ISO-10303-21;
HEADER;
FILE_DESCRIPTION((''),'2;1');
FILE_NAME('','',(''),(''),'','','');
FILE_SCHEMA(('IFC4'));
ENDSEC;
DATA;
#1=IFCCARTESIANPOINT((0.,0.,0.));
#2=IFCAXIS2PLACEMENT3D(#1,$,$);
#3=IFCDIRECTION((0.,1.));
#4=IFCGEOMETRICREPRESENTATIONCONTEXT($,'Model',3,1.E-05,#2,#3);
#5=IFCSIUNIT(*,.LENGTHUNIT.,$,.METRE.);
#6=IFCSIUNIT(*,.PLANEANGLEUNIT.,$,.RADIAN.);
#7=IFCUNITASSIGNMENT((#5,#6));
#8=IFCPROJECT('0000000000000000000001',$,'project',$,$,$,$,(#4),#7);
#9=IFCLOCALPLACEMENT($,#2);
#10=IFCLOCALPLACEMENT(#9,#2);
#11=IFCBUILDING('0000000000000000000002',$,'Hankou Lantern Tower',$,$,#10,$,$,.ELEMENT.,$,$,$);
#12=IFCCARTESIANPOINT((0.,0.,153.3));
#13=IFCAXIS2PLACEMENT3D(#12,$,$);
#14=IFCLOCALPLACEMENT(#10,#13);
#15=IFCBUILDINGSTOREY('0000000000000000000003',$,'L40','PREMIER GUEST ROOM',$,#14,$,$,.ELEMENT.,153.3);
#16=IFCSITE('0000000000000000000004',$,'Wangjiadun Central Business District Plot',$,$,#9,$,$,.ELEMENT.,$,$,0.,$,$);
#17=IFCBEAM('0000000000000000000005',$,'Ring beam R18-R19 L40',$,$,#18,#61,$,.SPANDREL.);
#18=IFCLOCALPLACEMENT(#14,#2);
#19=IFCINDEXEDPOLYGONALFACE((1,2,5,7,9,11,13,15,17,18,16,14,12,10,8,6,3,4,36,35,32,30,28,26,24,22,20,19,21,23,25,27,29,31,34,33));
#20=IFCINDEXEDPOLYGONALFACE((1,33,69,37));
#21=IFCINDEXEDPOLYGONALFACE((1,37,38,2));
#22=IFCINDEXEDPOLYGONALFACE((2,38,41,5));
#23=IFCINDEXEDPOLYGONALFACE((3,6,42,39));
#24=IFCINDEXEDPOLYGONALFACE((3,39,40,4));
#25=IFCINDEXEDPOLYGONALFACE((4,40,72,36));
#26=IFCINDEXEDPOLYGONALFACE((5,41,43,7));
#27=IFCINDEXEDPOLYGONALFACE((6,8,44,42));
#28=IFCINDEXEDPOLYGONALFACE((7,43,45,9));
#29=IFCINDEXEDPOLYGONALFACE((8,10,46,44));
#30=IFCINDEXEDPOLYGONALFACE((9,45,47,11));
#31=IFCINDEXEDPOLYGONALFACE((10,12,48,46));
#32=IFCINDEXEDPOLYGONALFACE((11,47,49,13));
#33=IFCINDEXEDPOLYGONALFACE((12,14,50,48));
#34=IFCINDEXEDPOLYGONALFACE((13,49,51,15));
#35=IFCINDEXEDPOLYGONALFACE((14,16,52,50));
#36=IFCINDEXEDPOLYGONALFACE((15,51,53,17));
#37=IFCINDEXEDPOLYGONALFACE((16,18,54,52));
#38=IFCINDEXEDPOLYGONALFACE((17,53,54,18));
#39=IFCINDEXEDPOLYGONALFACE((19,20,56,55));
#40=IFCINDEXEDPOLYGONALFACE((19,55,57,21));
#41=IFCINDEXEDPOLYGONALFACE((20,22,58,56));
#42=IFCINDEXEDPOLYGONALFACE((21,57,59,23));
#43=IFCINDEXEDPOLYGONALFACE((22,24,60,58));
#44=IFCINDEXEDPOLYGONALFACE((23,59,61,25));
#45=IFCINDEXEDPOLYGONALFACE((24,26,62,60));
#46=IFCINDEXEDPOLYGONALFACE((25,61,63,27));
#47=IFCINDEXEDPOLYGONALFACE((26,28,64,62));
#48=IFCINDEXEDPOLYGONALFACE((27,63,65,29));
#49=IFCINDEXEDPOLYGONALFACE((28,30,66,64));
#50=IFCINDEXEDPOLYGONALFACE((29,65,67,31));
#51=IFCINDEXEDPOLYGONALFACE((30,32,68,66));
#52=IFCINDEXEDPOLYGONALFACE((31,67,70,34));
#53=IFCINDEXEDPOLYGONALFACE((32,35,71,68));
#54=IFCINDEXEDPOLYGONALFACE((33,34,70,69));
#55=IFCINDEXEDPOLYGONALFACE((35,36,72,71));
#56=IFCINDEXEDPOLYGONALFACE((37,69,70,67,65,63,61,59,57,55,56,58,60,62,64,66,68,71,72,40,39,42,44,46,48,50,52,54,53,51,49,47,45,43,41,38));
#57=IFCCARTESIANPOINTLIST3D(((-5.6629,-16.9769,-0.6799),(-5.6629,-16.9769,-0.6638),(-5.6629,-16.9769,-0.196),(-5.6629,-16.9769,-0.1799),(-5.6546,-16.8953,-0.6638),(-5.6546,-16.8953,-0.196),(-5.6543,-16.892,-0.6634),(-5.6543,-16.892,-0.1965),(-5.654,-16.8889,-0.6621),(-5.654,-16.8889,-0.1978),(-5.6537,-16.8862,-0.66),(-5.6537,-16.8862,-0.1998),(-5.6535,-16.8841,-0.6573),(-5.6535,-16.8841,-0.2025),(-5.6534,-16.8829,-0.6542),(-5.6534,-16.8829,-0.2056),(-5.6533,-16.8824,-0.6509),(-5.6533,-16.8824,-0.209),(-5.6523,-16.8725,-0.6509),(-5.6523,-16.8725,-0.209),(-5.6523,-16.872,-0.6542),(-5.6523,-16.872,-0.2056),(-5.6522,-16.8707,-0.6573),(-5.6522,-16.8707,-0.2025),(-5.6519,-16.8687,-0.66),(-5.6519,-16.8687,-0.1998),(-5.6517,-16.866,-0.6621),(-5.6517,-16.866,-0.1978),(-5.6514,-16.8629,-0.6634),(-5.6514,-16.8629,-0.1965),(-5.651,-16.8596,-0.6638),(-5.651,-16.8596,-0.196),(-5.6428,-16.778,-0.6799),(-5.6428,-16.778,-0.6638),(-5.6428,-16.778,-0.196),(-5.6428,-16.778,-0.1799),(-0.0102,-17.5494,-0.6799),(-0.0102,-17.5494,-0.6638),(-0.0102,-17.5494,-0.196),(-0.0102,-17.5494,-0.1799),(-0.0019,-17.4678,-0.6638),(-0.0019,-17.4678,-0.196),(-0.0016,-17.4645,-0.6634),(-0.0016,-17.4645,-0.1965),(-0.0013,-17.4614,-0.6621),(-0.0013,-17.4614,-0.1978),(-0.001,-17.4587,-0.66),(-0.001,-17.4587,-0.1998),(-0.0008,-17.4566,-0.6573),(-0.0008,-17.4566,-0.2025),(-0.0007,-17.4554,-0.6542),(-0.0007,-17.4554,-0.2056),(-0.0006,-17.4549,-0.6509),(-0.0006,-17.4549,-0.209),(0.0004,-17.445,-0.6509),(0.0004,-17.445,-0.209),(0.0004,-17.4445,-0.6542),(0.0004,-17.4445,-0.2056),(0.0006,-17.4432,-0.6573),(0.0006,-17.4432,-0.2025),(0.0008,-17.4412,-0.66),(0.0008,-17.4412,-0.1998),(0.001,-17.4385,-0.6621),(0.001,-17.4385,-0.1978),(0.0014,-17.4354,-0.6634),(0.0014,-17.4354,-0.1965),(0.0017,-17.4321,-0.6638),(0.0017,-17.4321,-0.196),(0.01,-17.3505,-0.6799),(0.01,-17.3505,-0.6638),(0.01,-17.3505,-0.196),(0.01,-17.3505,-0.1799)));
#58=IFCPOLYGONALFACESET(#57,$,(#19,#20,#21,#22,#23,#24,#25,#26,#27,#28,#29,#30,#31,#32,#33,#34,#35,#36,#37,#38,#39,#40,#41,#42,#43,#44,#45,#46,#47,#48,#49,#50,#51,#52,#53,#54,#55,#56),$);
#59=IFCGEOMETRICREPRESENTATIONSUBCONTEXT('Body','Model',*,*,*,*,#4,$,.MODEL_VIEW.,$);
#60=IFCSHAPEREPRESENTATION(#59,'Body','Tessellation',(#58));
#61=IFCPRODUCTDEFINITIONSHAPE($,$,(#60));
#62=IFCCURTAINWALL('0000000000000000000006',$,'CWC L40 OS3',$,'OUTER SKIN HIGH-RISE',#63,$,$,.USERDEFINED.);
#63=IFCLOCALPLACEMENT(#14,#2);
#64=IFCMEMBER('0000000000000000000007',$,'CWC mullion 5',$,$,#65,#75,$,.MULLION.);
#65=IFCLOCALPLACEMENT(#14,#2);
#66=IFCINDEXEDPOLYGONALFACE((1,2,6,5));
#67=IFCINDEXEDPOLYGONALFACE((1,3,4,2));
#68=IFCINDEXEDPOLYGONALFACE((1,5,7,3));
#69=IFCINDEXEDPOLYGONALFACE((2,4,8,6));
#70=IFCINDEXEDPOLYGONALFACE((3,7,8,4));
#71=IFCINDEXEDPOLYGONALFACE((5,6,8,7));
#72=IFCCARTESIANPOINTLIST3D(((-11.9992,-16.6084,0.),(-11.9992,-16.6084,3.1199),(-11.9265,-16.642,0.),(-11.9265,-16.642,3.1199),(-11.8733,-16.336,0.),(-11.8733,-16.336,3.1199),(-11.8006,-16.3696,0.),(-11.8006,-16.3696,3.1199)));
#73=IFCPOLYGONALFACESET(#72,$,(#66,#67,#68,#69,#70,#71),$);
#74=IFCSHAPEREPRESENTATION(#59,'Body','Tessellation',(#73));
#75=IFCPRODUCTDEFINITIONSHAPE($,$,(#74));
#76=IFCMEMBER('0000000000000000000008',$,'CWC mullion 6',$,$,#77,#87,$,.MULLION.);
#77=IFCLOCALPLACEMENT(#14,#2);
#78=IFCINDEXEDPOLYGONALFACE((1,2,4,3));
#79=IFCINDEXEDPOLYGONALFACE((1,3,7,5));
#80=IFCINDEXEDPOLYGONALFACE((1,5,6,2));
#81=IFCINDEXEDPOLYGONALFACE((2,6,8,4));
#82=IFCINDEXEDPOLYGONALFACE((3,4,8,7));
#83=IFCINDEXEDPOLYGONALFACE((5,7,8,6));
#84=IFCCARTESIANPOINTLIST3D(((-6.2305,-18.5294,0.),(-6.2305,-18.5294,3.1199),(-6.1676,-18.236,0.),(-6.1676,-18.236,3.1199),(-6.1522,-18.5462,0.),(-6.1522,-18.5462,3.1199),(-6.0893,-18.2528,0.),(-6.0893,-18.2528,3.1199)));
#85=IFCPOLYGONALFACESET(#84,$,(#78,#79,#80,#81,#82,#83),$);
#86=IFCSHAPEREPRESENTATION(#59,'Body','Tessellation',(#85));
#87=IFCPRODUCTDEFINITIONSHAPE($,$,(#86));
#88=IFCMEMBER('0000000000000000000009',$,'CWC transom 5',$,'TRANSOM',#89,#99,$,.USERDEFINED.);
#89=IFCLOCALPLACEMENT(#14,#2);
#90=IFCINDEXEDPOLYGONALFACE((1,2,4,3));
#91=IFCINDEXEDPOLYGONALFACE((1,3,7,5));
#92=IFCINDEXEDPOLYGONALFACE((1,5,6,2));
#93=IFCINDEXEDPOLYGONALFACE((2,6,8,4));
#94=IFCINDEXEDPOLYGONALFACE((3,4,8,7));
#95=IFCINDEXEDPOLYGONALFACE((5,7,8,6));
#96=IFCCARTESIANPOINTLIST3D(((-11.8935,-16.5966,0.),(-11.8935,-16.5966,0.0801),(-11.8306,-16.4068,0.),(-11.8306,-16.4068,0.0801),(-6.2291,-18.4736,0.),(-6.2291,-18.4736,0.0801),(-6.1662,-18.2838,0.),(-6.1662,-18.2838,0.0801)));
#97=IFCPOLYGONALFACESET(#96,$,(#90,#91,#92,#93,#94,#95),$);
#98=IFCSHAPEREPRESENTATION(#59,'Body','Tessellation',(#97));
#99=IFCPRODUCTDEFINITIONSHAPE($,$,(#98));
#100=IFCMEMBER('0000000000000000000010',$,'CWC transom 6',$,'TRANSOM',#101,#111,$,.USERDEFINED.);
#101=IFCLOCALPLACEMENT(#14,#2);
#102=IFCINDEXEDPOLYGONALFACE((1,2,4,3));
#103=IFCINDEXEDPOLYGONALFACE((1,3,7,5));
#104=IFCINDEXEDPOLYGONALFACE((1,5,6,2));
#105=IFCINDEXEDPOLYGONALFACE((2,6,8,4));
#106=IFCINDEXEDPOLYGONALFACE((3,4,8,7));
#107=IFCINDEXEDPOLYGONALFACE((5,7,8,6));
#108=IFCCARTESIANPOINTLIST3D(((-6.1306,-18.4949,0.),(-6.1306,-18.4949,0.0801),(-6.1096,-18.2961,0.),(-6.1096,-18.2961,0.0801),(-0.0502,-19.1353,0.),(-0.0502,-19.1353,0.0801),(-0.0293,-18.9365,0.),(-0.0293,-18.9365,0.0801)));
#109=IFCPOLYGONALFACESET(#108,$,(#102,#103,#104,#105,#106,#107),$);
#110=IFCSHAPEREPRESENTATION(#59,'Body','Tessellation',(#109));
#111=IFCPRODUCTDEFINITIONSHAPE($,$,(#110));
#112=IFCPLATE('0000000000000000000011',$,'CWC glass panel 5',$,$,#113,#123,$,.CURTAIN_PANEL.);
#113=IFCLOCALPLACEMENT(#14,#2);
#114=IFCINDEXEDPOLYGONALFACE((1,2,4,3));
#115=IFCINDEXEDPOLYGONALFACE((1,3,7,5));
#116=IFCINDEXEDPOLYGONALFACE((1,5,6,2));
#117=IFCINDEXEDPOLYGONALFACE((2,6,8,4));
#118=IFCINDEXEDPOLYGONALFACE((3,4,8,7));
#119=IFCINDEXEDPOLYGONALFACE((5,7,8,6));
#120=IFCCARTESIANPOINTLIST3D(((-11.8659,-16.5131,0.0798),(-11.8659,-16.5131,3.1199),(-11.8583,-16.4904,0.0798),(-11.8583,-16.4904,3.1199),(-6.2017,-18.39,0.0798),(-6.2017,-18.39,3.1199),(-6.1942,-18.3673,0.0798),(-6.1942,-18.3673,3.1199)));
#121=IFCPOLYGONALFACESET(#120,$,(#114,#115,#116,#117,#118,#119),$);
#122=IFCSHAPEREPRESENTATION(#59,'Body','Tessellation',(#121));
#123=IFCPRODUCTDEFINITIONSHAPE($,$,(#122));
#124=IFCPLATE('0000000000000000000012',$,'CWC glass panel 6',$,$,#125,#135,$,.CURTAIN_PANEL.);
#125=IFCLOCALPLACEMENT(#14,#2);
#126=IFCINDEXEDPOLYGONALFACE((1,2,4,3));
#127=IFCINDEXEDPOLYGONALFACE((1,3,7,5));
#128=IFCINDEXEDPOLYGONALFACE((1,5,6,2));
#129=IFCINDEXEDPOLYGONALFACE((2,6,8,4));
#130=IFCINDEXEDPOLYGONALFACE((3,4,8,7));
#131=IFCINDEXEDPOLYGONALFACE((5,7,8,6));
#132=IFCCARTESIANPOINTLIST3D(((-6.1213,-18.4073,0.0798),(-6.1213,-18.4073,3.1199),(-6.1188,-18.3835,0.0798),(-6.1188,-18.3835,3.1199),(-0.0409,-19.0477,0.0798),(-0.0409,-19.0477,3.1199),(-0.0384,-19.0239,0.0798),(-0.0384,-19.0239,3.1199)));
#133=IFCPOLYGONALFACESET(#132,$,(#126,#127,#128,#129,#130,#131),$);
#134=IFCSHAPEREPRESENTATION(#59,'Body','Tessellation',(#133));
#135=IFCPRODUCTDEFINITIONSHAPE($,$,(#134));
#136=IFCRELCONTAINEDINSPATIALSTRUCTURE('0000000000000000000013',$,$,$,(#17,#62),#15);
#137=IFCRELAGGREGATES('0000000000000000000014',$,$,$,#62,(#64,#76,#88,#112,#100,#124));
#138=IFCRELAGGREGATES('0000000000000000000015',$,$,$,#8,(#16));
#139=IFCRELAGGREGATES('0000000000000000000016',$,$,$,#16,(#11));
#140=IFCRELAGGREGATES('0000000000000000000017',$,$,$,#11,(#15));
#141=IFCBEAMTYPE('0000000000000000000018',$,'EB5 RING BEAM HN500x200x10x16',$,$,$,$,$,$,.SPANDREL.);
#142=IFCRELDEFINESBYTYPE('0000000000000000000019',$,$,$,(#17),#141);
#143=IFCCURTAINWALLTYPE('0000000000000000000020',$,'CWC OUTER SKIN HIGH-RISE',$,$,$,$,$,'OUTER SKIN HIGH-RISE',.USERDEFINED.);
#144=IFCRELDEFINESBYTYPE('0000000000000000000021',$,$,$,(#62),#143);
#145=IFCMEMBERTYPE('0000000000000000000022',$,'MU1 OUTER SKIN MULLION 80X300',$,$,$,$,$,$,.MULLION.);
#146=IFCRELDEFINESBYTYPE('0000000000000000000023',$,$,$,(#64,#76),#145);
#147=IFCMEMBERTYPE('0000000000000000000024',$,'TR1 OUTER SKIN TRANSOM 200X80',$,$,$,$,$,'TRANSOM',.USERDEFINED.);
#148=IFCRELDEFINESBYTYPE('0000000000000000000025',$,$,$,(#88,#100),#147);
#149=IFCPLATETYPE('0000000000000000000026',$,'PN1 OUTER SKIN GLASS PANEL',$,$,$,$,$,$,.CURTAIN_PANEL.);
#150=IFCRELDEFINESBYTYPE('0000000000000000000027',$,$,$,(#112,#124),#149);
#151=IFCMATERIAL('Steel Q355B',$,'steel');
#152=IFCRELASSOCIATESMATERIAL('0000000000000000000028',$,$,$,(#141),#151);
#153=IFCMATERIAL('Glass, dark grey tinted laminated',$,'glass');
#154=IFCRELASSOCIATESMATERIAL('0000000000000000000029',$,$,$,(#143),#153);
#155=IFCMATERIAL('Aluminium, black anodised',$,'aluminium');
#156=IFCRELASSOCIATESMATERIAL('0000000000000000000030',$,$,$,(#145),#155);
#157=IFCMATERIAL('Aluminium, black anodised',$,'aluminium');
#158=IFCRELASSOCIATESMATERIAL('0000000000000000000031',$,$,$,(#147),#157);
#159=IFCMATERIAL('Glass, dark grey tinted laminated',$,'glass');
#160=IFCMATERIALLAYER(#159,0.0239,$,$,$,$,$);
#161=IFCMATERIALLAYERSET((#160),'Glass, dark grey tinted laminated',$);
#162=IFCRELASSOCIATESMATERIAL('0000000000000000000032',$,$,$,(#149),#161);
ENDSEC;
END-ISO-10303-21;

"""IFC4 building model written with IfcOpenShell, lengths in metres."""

from ifc_helpers import new_model, si_unit, direction, frame, origin, origin_2d, place, context, subcontext, project, spatial, rectangle, i_section, extrude, material, layer, layer_set, material_profile, profile_set, type_object, element, aggregate, save


model = new_model("IFC4")

# Units and contexts
model_context = context("Model", 3, precision=1e-05, world=origin(), true_north=direction((0.0, 1.0)))
body_context = subcontext(model_context, "Body", "Model", "MODEL_VIEW")
ifc_project = project(units=[si_unit("LENGTHUNIT", "METRE"), si_unit("PLANEANGLEUNIT", "RADIAN")], contexts=[model_context])

# Site, building, storey
site_placement = place(None, origin())
site = spatial("IfcSite", under=ifc_project, at=site_placement, Name="Wangjiadun Central Business District Plot", CompositionType="ELEMENT", RefElevation=0.0)
building_placement = place(site_placement, origin())
building = spatial("IfcBuilding", under=site, at=building_placement, Name="Hankou Lantern Tower", CompositionType="ELEMENT")
storey_placement = place(building_placement, frame((0.0, 0.0, 153.3)))
storey = spatial("IfcBuildingStorey", under=building, at=storey_placement, Name="L40", Description="PREMIER GUEST ROOM", CompositionType="ELEMENT", Elevation=153.3)

# Beam
ifc_material_1 = material(Name="Steel Q355B", Category="steel")
ifc_material_profile_1 = material_profile(ifc_material_1, i_section(OverallWidth=0.2, OverallDepth=0.5, WebThickness=0.01, FlangeThickness=0.0161, FilletRadius=0.0129, at=origin_2d()), Name="HN500x200x10x16")
ifc_profile_set_1 = profile_set([ifc_material_profile_1], Name="Steel Q355B")
beam_type = type_object("IfcBeamType", Name="EB5 RING BEAM HN500x200x10x16", PredefinedType="SPANDREL", material=ifc_profile_set_1)
beam_1_placement = place(storey_placement, frame((-5.6528, -16.8774, -0.4299), z_axis=(0.99491, -0.100763, 0.0), x_axis=(0.100763, 0.99491, 0.0)))
element("IfcBeam", 1, at=beam_1_placement, inside=storey, type_object=beam_type, Name="Ring beam R18-R19 L40", PredefinedType="SPANDREL", context=body_context, shape_type="SweptSolid", body=[
    extrude(i_section(OverallWidth=0.2, OverallDepth=0.5, WebThickness=0.01, FlangeThickness=0.0161, FilletRadius=0.0129, at=origin_2d()), origin(), (0.0, 0.0, 1.0), 5.6816),
])

# Curtain wall, members, plates
ifc_material_2 = material(Name="Glass, dark grey tinted laminated", Category="glass")
curtain_wall_type = type_object("IfcCurtainWallType", Name="CWC OUTER SKIN HIGH-RISE", ElementType="OUTER SKIN HIGH-RISE", PredefinedType="USERDEFINED", material=ifc_material_2)
curtain_wall_placement = place(storey_placement, origin())
curtain_wall = element("IfcCurtainWall", 2, at=curtain_wall_placement, inside=storey, type_object=curtain_wall_type, Name="CWC L40 OS3", ObjectType="OUTER SKIN HIGH-RISE", PredefinedType="USERDEFINED")
ifc_material_3 = material(Name="Aluminium, black anodised", Category="aluminium")
ifc_material_profile_2 = material_profile(ifc_material_3, rectangle(XDim=0.0801, YDim=0.3, at=origin_2d()), Name="MU1 80X300")
ifc_profile_set_2 = profile_set([ifc_material_profile_2], Name="Aluminium, black anodised")
member_type_1 = type_object("IfcMemberType", Name="MU1 OUTER SKIN MULLION 80X300", PredefinedType="MULLION", material=ifc_profile_set_2)
member_1_placement = place(storey_placement, frame((-11.8999, -16.489, 0.0), z_axis=(0.0, 0.0, 1.0), x_axis=(0.907841, -0.419314, 0.0)))
member_1 = element("IfcMember", 3, at=member_1_placement, type_object=member_type_1, Name="CWC mullion 5", PredefinedType="MULLION", context=body_context, shape_type="SweptSolid", body=[
    extrude(rectangle(XDim=0.0801, YDim=0.3, at=origin_2d()), origin(), (0.0, 0.0, 1.0), 3.1199),
])
member_2_placement = place(storey_placement, frame((-6.1599, -18.3911, 0.0), z_axis=(0.0, 0.0, 1.0), x_axis=(0.977788, -0.209598, 0.0)))
member_2 = element("IfcMember", 4, at=member_2_placement, type_object=member_type_1, Name="CWC mullion 6", PredefinedType="MULLION", context=body_context, shape_type="SweptSolid", body=[
    extrude(rectangle(XDim=0.0801, YDim=0.3, at=origin_2d()), origin(), (0.0, 0.0, 1.0), 3.1199),
])
ifc_material_4 = material(Name="Aluminium, black anodised", Category="aluminium")
ifc_material_profile_3 = material_profile(ifc_material_4, rectangle(XDim=0.2, YDim=0.0801, at=origin_2d()), Name="TR1 200X80")
ifc_profile_set_3 = profile_set([ifc_material_profile_3], Name="Aluminium, black anodised")
member_type_2 = type_object("IfcMemberType", Name="TR1 OUTER SKIN TRANSOM 200X80", ElementType="TRANSOM", PredefinedType="USERDEFINED", material=ifc_profile_set_3)
member_3_placement = place(storey_placement, frame((-11.8621, -16.5017, 0.04), z_axis=(0.949242, -0.314546, 0.0), x_axis=(0.314546, 0.949242, 0.0)))
member_3 = element("IfcMember", 5, at=member_3_placement, type_object=member_type_2, Name="CWC transom 5", ObjectType="TRANSOM", PredefinedType="USERDEFINED", context=body_context, shape_type="SweptSolid", body=[
    extrude(rectangle(XDim=0.2, YDim=0.0801, at=origin_2d()), origin(), (0.0, 0.0, 1.0), 5.9673),
])
member_4_placement = place(storey_placement, frame((-6.1201, -18.3955, 0.04), z_axis=(0.9945, -0.104741, 0.0), x_axis=(0.104741, 0.9945, 0.0)))
member_4 = element("IfcMember", 6, at=member_4_placement, type_object=member_type_2, Name="CWC transom 6", ObjectType="TRANSOM", PredefinedType="USERDEFINED", context=body_context, shape_type="SweptSolid", body=[
    extrude(rectangle(XDim=0.2, YDim=0.0801, at=origin_2d()), origin(), (0.0, 0.0, 1.0), 6.114),
])
ifc_material_5 = material(Name="Glass, dark grey tinted laminated", Category="glass")
ifc_layer_1 = layer(ifc_material_5, 0.0239)
ifc_layer_set_1 = layer_set([ifc_layer_1], Name="Glass, dark grey tinted laminated")
plate_type = type_object("IfcPlateType", Name="PN1 OUTER SKIN GLASS PANEL", PredefinedType="CURTAIN_PANEL", material=ifc_layer_set_1)
plate_1_placement = place(storey_placement, frame((-9.03, -17.4402, 0.0798), z_axis=(0.0, 0.0, 1.0), x_axis=(0.949241, -0.314551, 0.0)))
plate_1 = element("IfcPlate", 7, at=plate_1_placement, type_object=plate_type, Name="CWC glass panel 5", PredefinedType="CURTAIN_PANEL", context=body_context, shape_type="SweptSolid", body=[
    extrude(rectangle(XDim=5.967, YDim=0.0239, at=origin_2d()), origin(), (0.0, 0.0, 1.0), 3.04),
])
plate_2_placement = place(storey_placement, frame((-3.0798, -18.7156, 0.0798), z_axis=(0.0, 0.0, 1.0), x_axis=(0.994499, -0.104743, 0.0)))
plate_2 = element("IfcPlate", 8, at=plate_2_placement, type_object=plate_type, Name="CWC glass panel 6", PredefinedType="CURTAIN_PANEL", context=body_context, shape_type="SweptSolid", body=[
    extrude(rectangle(XDim=6.114, YDim=0.0239, at=origin_2d()), origin(), (0.0, 0.0, 1.0), 3.04),
])
aggregate(curtain_wall, [member_1, member_2, member_3, plate_1, member_4, plate_2])

save(model, "model.ifc")
